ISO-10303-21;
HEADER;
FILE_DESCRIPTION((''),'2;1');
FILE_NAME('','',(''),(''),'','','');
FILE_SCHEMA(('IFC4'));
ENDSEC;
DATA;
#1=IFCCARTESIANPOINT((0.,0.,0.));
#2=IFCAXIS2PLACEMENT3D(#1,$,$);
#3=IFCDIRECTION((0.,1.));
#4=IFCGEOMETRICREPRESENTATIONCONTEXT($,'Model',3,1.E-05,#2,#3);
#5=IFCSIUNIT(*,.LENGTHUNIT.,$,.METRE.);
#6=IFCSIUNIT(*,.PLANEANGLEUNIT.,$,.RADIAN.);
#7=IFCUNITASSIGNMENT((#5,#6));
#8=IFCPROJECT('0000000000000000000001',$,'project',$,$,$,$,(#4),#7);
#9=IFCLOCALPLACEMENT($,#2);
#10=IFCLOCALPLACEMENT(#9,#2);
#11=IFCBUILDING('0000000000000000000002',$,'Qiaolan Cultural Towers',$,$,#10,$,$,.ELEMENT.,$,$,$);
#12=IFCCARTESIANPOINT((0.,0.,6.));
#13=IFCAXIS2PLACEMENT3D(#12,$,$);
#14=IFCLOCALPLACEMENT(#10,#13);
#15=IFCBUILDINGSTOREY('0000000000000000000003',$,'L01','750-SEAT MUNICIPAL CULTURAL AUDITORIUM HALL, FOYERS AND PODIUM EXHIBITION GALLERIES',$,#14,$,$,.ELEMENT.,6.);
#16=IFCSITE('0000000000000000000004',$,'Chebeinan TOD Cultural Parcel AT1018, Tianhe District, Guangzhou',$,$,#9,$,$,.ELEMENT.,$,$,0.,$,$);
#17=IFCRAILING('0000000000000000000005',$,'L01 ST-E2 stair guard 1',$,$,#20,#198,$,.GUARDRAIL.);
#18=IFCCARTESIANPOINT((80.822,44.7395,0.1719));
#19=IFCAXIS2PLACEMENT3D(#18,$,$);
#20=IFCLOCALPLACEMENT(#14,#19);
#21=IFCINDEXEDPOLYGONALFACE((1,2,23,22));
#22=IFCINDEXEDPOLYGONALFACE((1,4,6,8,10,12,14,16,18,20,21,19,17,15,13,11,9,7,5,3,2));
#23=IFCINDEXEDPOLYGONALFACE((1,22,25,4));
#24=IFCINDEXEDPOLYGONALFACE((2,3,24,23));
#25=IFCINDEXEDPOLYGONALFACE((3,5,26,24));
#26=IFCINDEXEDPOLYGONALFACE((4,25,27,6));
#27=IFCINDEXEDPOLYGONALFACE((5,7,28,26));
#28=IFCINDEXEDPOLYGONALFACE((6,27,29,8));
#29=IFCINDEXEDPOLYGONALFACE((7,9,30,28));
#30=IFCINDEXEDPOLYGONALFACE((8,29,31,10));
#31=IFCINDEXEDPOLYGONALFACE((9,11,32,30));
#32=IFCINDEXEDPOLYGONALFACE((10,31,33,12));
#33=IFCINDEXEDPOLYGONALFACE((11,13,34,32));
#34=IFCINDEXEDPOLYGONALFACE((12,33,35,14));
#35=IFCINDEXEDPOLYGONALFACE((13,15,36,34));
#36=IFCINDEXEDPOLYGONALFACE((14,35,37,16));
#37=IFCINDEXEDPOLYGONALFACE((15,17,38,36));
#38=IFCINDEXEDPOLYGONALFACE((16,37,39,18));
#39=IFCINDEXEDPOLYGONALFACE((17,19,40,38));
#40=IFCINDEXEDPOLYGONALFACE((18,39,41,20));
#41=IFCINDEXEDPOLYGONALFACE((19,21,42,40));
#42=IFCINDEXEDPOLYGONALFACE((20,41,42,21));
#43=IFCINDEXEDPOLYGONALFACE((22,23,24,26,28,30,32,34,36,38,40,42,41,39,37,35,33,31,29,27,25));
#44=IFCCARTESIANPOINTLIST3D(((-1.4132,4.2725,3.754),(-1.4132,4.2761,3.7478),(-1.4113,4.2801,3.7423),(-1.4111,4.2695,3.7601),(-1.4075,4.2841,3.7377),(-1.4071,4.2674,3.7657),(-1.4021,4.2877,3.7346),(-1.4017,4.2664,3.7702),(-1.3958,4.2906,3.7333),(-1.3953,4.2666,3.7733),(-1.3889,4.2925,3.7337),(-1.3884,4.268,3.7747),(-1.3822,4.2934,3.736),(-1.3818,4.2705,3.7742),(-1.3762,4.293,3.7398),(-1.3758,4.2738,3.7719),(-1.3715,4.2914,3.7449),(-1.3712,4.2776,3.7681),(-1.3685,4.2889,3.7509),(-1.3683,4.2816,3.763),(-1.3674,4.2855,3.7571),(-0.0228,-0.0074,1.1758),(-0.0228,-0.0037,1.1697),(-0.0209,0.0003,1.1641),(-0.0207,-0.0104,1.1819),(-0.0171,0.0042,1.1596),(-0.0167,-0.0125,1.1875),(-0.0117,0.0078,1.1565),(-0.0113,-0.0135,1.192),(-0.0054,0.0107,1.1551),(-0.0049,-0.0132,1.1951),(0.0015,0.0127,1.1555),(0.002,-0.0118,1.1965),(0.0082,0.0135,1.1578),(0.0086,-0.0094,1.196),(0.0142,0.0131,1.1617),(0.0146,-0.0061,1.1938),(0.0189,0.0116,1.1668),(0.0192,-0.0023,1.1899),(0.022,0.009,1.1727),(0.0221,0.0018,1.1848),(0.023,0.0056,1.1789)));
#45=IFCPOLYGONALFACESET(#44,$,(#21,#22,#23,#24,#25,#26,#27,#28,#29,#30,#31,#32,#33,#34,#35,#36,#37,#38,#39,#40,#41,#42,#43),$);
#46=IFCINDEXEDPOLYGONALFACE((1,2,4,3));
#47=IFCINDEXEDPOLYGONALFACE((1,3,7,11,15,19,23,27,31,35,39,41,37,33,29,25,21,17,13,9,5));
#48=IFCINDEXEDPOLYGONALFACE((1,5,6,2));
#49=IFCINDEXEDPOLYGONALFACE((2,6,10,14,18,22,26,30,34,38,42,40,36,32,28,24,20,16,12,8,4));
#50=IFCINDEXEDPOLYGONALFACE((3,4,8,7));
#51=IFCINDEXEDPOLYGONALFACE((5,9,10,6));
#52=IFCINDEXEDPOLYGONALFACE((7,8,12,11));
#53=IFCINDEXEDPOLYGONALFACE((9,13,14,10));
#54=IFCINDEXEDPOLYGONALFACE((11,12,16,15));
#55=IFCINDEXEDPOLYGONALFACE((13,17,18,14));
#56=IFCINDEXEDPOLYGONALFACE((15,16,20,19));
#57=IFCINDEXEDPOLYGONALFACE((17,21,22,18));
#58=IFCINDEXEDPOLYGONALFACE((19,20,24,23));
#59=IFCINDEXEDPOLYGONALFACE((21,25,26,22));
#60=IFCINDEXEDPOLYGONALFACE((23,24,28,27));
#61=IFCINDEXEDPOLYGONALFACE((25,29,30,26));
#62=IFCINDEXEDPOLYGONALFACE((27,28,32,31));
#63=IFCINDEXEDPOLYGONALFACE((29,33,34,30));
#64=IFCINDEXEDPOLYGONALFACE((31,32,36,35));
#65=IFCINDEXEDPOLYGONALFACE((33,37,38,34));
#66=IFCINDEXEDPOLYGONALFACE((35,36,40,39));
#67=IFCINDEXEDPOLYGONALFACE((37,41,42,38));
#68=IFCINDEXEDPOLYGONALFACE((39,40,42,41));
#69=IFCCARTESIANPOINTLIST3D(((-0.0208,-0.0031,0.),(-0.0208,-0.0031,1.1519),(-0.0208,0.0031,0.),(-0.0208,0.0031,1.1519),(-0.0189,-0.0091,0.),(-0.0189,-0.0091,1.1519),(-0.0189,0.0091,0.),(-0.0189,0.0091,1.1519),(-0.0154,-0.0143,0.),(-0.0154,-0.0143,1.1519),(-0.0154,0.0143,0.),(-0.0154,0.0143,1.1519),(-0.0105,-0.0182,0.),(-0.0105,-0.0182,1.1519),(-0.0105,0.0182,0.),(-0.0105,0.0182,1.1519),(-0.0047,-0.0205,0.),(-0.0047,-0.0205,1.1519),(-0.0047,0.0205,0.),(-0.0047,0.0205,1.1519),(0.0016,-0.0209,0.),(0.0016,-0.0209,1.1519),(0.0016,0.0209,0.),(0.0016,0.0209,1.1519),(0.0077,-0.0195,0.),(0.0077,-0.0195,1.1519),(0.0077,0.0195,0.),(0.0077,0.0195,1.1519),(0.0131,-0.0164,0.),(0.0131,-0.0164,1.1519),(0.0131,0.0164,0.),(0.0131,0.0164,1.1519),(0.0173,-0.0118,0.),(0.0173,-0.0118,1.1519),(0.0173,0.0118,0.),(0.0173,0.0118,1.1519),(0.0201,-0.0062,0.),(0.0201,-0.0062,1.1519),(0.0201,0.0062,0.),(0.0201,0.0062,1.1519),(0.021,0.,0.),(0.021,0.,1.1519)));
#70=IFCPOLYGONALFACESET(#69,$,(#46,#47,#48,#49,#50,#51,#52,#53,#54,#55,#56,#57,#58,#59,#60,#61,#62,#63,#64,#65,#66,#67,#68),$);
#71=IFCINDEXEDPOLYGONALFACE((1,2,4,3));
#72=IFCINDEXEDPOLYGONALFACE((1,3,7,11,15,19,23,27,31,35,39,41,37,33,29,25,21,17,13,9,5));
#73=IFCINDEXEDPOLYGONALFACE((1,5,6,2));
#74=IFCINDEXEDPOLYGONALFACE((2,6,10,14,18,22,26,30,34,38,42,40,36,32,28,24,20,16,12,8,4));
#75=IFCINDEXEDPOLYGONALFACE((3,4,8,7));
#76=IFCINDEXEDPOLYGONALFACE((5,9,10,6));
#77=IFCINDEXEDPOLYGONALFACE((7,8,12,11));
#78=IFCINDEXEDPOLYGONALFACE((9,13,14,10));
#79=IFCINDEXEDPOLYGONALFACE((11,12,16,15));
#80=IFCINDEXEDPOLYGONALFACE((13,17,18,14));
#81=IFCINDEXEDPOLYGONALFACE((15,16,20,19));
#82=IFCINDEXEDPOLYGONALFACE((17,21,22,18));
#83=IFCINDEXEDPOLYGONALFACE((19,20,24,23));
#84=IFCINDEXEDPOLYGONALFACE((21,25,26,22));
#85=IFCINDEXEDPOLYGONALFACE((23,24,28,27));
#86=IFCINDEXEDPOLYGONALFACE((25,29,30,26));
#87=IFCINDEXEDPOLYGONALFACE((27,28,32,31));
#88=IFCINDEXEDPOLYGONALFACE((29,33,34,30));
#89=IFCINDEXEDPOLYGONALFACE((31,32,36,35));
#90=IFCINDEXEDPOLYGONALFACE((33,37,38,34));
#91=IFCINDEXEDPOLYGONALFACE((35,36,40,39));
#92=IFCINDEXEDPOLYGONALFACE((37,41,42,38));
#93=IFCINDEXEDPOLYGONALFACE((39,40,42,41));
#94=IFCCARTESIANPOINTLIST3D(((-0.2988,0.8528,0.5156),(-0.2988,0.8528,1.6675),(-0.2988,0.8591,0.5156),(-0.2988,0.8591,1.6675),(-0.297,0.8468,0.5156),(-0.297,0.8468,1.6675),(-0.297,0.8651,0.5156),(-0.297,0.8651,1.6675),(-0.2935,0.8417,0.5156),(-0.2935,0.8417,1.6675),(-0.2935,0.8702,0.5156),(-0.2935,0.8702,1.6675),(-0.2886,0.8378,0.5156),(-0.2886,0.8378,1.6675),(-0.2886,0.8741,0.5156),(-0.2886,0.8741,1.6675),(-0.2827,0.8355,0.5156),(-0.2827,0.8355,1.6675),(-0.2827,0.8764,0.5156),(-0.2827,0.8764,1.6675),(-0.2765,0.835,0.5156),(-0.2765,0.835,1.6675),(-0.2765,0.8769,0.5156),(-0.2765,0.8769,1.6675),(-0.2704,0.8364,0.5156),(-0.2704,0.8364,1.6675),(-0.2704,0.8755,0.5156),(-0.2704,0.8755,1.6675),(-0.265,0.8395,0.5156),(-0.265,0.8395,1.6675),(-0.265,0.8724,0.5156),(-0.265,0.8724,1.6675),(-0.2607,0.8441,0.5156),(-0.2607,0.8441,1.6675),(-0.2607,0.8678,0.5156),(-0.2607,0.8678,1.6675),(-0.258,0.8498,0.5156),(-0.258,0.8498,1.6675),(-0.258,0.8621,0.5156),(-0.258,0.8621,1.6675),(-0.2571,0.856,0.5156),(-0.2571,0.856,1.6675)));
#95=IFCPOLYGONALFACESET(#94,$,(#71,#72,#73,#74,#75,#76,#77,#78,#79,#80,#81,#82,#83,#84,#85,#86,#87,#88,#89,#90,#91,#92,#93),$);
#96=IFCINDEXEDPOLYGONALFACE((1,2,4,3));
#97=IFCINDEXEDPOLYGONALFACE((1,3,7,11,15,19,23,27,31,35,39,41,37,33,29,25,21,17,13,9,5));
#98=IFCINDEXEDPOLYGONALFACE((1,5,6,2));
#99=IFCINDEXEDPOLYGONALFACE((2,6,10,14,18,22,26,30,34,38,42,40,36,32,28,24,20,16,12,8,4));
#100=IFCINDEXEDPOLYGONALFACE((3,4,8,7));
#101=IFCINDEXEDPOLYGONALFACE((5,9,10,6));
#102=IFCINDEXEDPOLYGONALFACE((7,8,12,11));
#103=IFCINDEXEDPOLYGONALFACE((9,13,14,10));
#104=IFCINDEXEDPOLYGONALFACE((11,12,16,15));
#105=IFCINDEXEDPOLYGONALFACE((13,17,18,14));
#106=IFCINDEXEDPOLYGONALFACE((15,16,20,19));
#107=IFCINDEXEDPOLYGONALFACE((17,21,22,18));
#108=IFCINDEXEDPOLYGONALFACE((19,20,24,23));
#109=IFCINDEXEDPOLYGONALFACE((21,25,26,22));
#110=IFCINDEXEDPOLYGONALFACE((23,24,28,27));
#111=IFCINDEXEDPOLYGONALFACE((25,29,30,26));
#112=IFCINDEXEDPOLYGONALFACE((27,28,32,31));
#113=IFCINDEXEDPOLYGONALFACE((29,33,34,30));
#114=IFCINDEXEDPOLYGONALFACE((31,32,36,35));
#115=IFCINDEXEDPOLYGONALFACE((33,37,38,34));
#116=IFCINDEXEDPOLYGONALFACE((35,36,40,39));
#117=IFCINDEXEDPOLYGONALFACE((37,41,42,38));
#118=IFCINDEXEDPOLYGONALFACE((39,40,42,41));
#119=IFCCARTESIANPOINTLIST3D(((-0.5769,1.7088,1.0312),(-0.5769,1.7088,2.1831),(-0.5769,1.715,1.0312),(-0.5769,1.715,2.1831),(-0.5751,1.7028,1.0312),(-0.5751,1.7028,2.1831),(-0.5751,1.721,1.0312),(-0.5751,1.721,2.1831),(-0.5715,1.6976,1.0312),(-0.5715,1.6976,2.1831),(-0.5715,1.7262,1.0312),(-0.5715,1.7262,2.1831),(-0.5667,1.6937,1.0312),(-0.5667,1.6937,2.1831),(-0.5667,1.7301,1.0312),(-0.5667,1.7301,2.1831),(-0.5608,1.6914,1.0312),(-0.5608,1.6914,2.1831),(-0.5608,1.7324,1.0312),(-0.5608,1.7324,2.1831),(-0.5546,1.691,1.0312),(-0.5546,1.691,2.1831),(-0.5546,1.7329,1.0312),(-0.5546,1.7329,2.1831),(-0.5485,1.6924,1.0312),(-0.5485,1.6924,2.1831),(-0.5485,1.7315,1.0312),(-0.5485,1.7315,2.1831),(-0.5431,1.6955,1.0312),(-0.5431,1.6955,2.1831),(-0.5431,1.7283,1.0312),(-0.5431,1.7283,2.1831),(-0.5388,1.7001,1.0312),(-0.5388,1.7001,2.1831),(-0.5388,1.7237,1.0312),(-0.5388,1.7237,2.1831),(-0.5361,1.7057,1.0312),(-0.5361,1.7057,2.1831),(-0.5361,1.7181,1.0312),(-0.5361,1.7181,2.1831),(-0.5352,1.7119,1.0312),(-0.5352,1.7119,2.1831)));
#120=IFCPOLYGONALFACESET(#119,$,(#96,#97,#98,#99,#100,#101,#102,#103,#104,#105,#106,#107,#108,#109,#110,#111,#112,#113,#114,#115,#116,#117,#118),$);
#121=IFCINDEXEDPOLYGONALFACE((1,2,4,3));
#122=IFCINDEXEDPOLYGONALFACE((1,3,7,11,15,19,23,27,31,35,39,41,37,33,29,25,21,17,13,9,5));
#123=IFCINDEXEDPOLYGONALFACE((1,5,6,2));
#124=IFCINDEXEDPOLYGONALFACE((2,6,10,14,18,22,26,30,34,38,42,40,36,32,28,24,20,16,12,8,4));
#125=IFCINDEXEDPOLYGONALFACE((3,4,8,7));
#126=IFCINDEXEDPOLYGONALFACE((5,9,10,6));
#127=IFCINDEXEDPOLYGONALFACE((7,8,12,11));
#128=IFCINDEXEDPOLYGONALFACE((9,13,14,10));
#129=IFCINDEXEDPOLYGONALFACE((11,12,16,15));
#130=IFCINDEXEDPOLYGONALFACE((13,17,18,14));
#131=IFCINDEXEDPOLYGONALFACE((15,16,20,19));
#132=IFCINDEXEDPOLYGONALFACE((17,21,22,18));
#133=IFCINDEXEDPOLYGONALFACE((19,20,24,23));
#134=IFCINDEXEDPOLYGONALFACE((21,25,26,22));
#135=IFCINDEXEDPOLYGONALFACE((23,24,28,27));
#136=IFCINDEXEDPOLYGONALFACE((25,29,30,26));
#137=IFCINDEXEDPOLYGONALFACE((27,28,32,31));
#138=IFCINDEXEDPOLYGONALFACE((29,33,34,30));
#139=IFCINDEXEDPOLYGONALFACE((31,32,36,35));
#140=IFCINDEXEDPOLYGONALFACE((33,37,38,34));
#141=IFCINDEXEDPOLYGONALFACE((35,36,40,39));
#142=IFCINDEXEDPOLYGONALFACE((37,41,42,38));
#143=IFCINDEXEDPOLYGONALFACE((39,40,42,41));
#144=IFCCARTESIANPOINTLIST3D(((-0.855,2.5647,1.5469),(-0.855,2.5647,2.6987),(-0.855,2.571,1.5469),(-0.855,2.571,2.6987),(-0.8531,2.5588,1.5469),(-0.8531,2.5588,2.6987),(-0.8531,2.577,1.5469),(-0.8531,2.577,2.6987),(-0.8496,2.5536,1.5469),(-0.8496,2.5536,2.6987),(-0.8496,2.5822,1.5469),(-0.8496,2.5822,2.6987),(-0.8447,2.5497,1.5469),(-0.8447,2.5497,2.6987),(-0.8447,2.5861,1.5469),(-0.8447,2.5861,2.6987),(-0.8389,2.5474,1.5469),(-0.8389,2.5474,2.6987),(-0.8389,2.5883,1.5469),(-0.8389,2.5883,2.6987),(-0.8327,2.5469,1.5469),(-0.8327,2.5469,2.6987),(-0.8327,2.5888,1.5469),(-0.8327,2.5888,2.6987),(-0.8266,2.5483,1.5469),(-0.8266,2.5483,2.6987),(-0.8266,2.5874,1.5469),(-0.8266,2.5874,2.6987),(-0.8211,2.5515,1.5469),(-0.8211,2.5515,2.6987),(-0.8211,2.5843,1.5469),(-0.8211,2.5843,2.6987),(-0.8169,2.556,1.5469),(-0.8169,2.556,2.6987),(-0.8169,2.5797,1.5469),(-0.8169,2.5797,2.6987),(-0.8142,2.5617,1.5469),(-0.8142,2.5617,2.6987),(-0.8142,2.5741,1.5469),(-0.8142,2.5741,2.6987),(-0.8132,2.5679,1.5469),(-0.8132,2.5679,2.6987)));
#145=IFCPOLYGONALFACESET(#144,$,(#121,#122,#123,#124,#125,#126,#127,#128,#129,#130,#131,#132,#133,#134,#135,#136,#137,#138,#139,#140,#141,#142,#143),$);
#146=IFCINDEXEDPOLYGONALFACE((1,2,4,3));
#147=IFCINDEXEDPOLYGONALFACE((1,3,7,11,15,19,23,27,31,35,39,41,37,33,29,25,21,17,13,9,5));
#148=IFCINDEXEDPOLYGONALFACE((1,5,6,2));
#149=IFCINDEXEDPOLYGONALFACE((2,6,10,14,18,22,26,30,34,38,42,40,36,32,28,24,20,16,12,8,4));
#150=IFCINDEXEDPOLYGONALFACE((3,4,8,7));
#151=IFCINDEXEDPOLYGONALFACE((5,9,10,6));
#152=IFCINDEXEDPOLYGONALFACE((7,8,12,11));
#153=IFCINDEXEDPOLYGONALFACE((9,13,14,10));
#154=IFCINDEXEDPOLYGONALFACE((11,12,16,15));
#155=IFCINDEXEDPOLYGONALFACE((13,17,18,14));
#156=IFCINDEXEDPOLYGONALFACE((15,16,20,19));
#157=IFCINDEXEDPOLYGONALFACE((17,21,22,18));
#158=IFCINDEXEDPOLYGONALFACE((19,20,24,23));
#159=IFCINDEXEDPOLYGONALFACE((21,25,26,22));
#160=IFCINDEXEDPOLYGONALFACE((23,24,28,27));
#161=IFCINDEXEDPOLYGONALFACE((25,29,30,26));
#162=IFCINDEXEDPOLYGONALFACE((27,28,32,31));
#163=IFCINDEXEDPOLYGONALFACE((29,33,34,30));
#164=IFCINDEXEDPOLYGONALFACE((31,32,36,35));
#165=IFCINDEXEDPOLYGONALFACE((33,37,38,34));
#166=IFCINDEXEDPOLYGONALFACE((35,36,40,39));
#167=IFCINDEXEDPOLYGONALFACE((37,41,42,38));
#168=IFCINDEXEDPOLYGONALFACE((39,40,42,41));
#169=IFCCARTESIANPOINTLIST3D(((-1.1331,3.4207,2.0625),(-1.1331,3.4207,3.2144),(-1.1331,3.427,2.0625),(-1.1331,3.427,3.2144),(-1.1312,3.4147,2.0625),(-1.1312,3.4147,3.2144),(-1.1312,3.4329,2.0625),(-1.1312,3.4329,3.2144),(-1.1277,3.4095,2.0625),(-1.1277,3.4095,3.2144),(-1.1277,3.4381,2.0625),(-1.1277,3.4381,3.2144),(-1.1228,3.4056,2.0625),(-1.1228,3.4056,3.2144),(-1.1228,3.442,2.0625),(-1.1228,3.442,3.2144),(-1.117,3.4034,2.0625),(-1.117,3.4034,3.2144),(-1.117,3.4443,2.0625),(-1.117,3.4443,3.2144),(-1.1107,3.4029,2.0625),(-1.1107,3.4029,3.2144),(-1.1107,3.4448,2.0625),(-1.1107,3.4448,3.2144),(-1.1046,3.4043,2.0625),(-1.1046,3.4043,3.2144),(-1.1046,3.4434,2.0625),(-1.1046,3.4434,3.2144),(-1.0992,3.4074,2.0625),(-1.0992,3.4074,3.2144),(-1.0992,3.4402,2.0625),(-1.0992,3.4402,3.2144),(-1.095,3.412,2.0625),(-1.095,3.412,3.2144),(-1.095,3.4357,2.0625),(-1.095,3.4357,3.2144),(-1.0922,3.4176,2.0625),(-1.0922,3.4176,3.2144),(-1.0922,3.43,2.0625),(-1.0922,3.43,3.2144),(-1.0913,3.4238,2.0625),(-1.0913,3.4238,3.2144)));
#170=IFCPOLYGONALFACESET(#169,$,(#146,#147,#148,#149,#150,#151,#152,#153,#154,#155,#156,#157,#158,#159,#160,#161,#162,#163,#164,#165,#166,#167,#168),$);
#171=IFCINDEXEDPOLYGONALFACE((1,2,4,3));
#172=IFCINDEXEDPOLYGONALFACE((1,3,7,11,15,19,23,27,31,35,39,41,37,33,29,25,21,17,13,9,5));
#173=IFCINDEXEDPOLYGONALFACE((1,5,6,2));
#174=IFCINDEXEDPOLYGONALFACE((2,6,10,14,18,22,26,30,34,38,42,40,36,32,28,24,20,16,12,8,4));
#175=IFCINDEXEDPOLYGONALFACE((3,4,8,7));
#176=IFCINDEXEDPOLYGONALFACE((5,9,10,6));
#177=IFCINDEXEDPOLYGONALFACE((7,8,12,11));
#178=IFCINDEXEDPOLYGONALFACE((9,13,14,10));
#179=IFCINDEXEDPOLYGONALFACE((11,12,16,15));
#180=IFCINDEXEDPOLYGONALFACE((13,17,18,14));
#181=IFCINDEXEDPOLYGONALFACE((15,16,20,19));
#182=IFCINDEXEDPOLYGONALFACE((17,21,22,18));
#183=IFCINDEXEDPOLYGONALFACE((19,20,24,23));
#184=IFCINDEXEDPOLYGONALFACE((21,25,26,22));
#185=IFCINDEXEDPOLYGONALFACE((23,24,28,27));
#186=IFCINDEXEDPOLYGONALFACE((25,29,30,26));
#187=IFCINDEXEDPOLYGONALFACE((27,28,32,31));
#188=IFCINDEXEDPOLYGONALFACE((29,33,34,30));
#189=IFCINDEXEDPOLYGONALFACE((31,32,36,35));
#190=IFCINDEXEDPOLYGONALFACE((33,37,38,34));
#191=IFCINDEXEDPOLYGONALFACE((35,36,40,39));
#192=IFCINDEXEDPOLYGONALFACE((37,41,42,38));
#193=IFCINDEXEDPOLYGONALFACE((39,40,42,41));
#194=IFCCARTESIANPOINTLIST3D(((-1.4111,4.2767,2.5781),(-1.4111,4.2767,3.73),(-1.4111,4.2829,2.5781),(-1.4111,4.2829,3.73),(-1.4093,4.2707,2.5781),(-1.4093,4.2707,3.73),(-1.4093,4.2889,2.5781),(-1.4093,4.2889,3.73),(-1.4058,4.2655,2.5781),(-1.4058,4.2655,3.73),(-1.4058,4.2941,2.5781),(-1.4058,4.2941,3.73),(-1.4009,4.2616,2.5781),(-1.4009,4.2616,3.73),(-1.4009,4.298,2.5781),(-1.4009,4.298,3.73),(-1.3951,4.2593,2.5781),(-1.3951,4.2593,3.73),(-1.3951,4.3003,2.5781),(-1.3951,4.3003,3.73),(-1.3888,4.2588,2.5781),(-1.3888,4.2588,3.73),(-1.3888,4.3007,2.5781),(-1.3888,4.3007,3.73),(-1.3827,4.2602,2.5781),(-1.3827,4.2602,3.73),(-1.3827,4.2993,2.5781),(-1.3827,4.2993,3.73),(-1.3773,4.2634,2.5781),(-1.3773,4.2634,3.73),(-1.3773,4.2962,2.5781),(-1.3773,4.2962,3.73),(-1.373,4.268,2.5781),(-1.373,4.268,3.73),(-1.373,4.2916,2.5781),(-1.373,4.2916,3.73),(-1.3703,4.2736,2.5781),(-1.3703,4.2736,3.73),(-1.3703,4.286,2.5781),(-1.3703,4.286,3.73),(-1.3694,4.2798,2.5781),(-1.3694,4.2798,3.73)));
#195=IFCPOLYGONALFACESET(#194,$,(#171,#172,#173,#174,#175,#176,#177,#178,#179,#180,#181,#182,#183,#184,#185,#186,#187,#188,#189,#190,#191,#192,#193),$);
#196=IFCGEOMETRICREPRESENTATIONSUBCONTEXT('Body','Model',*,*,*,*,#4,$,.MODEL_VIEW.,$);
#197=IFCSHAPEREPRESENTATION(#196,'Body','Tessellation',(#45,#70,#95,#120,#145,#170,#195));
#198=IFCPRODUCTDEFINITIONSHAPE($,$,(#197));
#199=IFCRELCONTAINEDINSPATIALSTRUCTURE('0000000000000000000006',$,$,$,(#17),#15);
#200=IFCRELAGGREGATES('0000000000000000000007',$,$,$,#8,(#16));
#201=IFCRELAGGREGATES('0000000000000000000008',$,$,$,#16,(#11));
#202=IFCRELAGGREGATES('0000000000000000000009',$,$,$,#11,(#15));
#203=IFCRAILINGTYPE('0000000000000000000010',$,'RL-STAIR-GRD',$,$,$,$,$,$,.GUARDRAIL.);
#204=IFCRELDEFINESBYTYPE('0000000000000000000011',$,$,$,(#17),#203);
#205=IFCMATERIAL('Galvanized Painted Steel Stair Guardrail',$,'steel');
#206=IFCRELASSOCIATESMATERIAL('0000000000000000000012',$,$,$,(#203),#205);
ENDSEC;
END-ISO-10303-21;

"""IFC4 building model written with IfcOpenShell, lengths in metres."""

from ifc_helpers import new_model, si_unit, direction, frame, origin, origin_2d, place, context, subcontext, project, spatial, circle, extrude, material, type_object, element, save


model = new_model("IFC4")

# Units and contexts
model_context = context("Model", 3, precision=1e-05, world=origin(), true_north=direction((0.0, 1.0)))
body_context = subcontext(model_context, "Body", "Model", "MODEL_VIEW")
ifc_project = project(units=[si_unit("LENGTHUNIT", "METRE"), si_unit("PLANEANGLEUNIT", "RADIAN")], contexts=[model_context])

# Site, building, storey
site_placement = place(None, origin())
site = spatial("IfcSite", under=ifc_project, at=site_placement, Name="Chebeinan TOD Cultural Parcel AT1018, Tianhe District, Guangzhou", CompositionType="ELEMENT", RefElevation=0.0)
building_placement = place(site_placement, origin())
building = spatial("IfcBuilding", under=site, at=building_placement, Name="Qiaolan Cultural Towers", CompositionType="ELEMENT")
storey_placement = place(building_placement, frame((0.0, 0.0, 6.0)))
storey = spatial("IfcBuildingStorey", under=building, at=storey_placement, Name="L01", Description="750-SEAT MUNICIPAL CULTURAL AUDITORIUM HALL, FOYERS AND PODIUM EXHIBITION GALLERIES", CompositionType="ELEMENT", Elevation=6.0)

# Railing
ifc_material_1 = material(Name="Galvanized Painted Steel Stair Guardrail", Category="steel")
railing_type_1 = type_object("IfcRailingType", Name="RL-STAIR-GRD", PredefinedType="GUARDRAIL", material=ifc_material_1)
railing_1_placement = place(storey_placement, frame((80.822, 44.7395, 0.1719)))
element("IfcRailing", 1, at=railing_1_placement, inside=storey, type_object=railing_type_1, Name="L01 ST-E2 stair guard 1", PredefinedType="GUARDRAIL", context=body_context, shape_type="SweptSolid", body=[
    extrude(circle(Radius=0.0239, at=origin_2d()), frame((0.0, 0.0, 1.1758), z_axis=(-0.268094, 0.825229, 0.497115), x_axis=(-0.95107, -0.308976, 0.0)), (0.0, 0.0, 1.0), 5.1863),
    extrude(circle(Radius=0.021, at=origin_2d()), origin(), (0.0, 0.0, 1.0), 1.1519),
    extrude(circle(Radius=0.021, at=origin_2d()), frame((-0.2781, 0.856, 0.5156)), (0.0, 0.0, 1.0), 1.1519),
    extrude(circle(Radius=0.021, at=origin_2d()), frame((-0.5562, 1.7119, 1.0312)), (0.0, 0.0, 1.0), 1.1519),
    extrude(circle(Radius=0.021, at=origin_2d()), frame((-0.8342, 2.5679, 1.5469)), (0.0, 0.0, 1.0), 1.1519),
    extrude(circle(Radius=0.021, at=origin_2d()), frame((-1.1123, 3.4238, 2.0625)), (0.0, 0.0, 1.0), 1.1519),
    extrude(circle(Radius=0.021, at=origin_2d()), frame((-1.3904, 4.2798, 2.5781)), (0.0, 0.0, 1.0), 1.1519),
])

save(model, "model.ifc")
